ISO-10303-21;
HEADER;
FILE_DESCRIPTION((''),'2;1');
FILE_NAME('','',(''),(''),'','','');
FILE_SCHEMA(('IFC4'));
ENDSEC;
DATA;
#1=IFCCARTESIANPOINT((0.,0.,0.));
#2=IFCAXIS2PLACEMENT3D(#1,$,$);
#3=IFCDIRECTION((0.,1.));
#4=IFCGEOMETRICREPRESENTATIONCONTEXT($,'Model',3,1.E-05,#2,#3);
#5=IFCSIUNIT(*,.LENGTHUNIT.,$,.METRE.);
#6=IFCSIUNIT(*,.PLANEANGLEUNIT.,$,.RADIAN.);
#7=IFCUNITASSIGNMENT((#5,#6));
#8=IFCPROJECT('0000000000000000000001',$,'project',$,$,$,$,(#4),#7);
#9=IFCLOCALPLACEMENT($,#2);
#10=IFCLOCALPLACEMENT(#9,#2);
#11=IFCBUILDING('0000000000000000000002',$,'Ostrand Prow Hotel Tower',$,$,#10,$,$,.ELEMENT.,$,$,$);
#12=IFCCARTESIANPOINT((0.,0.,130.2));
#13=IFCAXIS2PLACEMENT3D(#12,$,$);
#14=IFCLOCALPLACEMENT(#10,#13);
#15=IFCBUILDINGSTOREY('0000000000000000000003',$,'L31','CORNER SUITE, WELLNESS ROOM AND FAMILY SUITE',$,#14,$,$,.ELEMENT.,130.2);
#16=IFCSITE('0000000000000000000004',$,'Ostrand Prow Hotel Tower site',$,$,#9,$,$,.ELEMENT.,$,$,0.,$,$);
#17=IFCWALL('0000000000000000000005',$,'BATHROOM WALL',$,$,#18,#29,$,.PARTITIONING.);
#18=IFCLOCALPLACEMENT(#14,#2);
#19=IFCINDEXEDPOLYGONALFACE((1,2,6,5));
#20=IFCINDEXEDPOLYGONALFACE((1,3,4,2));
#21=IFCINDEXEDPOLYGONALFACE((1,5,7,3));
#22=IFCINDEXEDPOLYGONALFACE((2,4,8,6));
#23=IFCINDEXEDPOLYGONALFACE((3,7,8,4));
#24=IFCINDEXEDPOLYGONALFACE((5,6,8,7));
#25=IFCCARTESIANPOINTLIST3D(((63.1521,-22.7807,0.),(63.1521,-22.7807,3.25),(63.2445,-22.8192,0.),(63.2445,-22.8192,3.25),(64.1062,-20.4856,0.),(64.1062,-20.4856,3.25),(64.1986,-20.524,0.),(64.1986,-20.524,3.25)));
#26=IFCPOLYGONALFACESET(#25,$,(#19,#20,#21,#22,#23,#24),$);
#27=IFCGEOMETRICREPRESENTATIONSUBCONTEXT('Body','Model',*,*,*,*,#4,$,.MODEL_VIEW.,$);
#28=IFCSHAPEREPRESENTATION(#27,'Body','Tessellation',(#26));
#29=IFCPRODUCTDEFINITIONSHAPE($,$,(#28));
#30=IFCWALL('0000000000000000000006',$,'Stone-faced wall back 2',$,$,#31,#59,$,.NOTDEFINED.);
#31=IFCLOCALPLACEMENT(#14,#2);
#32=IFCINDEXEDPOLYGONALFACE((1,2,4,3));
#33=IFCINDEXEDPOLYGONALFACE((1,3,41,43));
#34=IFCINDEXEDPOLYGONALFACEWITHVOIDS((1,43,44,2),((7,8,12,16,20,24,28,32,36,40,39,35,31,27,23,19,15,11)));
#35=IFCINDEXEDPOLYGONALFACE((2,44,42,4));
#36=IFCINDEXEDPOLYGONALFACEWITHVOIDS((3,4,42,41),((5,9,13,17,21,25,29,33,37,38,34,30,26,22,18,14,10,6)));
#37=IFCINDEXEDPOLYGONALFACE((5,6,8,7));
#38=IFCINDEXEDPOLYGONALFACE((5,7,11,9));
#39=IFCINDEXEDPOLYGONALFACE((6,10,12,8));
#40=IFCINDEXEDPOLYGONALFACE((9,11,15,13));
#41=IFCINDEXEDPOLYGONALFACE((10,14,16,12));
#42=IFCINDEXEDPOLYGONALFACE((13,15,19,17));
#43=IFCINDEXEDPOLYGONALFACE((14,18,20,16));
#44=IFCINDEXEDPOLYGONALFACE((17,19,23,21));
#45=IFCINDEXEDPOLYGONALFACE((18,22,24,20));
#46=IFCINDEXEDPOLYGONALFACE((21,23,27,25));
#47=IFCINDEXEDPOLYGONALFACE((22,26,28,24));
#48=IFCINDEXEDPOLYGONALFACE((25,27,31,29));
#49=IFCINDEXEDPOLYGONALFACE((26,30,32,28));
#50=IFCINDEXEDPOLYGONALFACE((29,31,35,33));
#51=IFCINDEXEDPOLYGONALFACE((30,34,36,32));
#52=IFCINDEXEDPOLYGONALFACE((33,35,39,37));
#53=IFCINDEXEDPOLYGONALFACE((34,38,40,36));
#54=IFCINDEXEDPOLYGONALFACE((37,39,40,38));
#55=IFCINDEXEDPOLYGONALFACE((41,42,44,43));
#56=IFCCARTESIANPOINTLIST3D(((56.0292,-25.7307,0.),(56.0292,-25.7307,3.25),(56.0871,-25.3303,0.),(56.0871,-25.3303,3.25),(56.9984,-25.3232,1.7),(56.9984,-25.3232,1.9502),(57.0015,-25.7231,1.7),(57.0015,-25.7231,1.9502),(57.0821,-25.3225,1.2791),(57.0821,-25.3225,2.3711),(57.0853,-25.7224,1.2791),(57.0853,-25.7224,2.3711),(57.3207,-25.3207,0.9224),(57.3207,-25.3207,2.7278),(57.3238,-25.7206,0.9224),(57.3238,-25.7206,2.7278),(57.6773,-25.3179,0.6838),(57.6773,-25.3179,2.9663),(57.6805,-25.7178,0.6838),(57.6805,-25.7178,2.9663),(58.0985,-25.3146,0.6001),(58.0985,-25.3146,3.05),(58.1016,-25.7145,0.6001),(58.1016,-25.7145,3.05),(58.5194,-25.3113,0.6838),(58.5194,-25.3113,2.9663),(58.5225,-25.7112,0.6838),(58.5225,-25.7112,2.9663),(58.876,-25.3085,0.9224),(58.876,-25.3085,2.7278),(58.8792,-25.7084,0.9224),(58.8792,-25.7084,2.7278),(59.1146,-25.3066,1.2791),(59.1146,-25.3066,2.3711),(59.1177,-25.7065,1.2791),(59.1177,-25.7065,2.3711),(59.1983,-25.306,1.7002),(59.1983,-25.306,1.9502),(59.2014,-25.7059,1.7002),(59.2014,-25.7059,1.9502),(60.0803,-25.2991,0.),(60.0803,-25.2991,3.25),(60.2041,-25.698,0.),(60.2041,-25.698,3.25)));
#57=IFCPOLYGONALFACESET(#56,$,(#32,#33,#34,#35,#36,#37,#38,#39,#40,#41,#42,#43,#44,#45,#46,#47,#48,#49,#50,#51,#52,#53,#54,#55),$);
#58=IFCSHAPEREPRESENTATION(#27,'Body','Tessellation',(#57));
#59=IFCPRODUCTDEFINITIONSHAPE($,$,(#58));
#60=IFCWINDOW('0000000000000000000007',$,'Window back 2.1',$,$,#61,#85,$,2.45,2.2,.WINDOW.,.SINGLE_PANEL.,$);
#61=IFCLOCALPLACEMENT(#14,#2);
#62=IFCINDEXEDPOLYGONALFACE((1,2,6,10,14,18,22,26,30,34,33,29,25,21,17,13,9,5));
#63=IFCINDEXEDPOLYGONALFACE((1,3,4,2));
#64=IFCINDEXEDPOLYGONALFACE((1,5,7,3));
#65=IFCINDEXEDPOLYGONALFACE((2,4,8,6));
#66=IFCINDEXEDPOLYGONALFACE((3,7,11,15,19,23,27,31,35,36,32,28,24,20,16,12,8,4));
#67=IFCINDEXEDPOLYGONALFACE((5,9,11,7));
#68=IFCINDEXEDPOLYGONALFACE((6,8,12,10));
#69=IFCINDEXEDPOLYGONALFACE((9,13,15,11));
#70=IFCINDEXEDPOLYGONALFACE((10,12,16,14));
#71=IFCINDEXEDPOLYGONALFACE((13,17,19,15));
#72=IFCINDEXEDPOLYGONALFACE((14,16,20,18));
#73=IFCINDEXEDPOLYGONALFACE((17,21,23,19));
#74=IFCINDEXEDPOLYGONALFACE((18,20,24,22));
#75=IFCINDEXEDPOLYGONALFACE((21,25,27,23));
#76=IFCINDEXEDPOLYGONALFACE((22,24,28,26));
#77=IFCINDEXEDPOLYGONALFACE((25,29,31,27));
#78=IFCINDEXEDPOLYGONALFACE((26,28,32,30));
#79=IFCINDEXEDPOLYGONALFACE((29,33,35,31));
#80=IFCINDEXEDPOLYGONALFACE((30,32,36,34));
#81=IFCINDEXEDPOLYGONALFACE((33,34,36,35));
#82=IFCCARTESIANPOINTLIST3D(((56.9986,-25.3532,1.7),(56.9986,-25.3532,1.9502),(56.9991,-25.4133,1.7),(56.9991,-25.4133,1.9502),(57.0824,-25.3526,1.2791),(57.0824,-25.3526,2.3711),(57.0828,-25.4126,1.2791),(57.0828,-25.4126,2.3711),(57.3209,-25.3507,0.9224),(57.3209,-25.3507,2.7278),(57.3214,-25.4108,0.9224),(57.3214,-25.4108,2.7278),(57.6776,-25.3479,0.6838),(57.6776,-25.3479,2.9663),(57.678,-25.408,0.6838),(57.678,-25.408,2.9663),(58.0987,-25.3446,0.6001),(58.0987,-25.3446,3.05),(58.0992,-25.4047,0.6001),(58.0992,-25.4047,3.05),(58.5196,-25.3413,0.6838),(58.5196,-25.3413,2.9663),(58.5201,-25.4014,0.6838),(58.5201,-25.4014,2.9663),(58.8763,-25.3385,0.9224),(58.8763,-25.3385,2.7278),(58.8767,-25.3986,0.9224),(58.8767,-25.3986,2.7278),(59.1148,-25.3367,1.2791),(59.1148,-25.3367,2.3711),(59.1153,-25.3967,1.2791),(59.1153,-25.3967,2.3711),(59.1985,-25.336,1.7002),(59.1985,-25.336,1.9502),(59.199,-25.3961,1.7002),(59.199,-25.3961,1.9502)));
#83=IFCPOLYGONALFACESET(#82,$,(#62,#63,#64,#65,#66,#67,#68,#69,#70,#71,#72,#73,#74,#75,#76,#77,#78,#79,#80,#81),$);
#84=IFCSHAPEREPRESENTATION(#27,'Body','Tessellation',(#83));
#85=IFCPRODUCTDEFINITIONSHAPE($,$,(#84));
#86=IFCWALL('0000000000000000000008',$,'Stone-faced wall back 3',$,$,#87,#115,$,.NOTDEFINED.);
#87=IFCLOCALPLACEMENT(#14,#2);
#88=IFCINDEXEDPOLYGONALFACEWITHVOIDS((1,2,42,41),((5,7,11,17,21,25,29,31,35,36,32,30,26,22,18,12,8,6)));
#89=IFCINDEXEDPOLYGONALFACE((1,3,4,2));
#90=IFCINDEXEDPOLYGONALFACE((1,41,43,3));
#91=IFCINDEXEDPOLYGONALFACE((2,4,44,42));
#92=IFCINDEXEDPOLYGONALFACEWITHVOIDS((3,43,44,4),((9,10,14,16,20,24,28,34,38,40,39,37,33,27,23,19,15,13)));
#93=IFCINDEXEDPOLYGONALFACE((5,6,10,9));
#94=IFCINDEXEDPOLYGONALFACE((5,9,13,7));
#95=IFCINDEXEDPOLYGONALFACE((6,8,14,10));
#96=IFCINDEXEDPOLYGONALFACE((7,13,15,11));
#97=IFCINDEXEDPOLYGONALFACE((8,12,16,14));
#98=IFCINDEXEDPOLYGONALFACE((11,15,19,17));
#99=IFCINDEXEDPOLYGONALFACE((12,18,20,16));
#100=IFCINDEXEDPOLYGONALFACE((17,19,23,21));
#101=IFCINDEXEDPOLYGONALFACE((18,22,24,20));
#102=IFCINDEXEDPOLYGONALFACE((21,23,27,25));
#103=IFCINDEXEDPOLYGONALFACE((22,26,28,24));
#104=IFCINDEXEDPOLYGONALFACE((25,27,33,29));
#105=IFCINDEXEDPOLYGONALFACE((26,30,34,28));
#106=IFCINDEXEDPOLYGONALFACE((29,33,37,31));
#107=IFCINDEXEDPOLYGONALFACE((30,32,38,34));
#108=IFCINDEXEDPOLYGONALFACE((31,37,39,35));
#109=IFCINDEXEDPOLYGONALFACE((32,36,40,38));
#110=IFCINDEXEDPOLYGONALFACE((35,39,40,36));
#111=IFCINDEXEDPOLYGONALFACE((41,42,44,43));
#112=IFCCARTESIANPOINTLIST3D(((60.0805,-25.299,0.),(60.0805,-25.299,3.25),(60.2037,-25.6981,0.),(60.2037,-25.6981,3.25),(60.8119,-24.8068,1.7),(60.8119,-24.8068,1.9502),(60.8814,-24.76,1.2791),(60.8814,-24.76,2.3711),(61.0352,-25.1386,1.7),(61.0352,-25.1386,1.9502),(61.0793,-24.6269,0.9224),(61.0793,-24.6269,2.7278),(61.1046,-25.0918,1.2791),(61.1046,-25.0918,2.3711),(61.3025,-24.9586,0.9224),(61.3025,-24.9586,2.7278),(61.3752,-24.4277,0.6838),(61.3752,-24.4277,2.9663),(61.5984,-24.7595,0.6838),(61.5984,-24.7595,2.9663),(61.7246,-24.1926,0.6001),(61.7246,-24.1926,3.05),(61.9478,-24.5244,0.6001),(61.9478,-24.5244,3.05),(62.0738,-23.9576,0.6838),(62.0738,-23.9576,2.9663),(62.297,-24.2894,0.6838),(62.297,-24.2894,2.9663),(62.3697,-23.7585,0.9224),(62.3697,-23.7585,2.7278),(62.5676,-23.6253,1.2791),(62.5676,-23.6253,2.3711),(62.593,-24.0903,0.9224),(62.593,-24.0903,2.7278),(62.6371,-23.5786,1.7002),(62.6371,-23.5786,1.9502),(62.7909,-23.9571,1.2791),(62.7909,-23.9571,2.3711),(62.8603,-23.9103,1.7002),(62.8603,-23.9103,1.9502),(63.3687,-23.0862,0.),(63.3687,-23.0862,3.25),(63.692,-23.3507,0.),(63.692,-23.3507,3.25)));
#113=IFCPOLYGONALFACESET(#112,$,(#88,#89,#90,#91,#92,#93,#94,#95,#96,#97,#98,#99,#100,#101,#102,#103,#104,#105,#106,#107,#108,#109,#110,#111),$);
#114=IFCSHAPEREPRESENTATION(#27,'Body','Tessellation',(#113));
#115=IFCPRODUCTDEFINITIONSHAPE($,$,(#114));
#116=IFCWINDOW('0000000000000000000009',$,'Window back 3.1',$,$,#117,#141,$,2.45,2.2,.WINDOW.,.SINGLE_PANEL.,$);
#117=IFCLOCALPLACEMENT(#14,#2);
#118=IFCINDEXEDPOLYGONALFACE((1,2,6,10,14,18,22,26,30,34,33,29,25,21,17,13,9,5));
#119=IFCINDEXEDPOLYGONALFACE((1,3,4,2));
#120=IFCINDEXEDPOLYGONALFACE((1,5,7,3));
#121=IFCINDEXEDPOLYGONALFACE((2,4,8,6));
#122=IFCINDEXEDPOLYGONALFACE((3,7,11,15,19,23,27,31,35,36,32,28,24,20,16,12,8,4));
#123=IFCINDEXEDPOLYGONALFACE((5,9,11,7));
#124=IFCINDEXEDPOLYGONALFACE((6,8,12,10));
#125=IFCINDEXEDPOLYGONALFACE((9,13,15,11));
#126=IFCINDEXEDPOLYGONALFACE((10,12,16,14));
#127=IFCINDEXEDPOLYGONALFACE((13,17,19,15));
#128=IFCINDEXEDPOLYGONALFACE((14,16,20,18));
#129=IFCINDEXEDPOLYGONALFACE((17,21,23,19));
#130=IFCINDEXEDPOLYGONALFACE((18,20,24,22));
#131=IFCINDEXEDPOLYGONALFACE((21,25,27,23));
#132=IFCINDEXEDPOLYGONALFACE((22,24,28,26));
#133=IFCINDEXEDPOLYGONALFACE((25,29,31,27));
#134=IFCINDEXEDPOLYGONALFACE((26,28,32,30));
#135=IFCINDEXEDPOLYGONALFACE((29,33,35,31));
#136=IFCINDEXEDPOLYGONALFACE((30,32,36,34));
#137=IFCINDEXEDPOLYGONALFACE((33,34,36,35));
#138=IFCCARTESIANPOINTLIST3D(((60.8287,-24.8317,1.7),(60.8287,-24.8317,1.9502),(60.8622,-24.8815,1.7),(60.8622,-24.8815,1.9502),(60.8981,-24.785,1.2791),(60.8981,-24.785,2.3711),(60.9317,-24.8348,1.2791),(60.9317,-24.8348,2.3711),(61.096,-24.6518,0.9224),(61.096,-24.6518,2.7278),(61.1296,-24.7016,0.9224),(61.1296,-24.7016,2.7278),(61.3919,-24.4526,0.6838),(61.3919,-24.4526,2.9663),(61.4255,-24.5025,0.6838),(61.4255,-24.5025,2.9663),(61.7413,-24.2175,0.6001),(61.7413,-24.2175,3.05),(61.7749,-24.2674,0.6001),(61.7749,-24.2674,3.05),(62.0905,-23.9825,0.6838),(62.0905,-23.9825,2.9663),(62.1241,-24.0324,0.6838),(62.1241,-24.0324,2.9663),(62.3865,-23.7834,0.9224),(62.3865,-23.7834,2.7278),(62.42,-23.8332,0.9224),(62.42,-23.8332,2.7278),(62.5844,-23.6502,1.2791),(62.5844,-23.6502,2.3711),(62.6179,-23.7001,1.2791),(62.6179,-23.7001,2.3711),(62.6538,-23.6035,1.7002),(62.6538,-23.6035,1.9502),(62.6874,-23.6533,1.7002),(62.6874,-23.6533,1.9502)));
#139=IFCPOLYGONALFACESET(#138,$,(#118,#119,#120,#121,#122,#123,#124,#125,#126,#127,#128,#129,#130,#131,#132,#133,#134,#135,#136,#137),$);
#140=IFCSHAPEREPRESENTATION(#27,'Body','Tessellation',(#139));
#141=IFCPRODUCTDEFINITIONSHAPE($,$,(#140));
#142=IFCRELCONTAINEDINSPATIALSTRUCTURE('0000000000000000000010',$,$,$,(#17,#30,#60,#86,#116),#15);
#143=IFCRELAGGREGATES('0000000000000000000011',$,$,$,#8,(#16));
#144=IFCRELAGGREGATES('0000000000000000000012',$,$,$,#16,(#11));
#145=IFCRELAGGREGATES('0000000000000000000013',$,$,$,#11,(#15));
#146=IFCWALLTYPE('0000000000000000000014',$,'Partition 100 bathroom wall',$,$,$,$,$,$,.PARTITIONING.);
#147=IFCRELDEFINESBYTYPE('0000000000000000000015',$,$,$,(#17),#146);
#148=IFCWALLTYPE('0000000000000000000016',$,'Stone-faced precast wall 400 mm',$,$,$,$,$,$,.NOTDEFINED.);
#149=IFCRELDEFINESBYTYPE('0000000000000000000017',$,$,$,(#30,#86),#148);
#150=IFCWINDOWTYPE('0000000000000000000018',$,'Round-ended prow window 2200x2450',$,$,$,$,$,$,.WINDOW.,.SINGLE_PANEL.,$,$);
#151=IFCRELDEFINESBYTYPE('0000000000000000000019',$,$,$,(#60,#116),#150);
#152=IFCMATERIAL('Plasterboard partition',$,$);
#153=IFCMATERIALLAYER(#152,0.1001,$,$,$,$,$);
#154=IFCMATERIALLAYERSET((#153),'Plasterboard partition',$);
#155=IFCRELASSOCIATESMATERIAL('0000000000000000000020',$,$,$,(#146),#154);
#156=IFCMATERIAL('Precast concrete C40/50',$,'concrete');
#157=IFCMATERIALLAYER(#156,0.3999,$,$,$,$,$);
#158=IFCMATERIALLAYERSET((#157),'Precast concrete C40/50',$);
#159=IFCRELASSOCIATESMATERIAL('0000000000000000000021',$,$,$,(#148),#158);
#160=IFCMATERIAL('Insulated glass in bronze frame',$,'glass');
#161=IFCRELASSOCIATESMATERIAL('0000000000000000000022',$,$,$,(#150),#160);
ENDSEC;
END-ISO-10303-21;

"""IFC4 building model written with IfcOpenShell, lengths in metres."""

from ifc_helpers import new_model, si_unit, direction, frame, frame_2d, origin, place, context, subcontext, project, spatial, polyline, rectangle, outline, extrude, material, layer, layer_set, type_object, element, fill, save


model = new_model("IFC4")

# Units and contexts
model_context = context("Model", 3, precision=1e-05, world=origin(), true_north=direction((0.0, 1.0)))
body_context = subcontext(model_context, "Body", "Model", "MODEL_VIEW")
ifc_project = project(units=[si_unit("LENGTHUNIT", "METRE"), si_unit("PLANEANGLEUNIT", "RADIAN")], contexts=[model_context])

# Site, building, storey
site_placement = place(None, origin())
site = spatial("IfcSite", under=ifc_project, at=site_placement, Name="Ostrand Prow Hotel Tower site", CompositionType="ELEMENT", RefElevation=0.0)
building_placement = place(site_placement, origin())
building = spatial("IfcBuilding", under=site, at=building_placement, Name="Ostrand Prow Hotel Tower", CompositionType="ELEMENT")
storey_placement = place(building_placement, frame((0.0, 0.0, 130.2)))
storey = spatial("IfcBuildingStorey", under=building, at=storey_placement, Name="L31", Description="CORNER SUITE, WELLNESS ROOM AND FAMILY SUITE", CompositionType="ELEMENT", Elevation=130.2)

# Shared definitions
ifc_material_1 = material(Name="Plasterboard partition")
ifc_layer_1 = layer(ifc_material_1, 0.1001)
ifc_layer_set_1 = layer_set([ifc_layer_1], Name="Plasterboard partition")
wall_type_1 = type_object("IfcWallType", Name="Partition 100 bathroom wall", PredefinedType="PARTITIONING", material=ifc_layer_set_1)

# Wall
wall_1_placement = place(storey_placement, frame((64.1523, -20.5049, 0.0), z_axis=(0.0, 0.0, 1.0), x_axis=(-0.383855, -0.923393, 0.0)))
element("IfcWall", 1, at=wall_1_placement, inside=storey, type_object=wall_type_1, Name="BATHROOM WALL", PredefinedType="PARTITIONING", context=body_context, shape_type="SweptSolid", body=[
    extrude(rectangle(XDim=2.4856, YDim=0.1001, at=frame_2d((1.2427, 0.0))), origin(), (0.0, 0.0, 1.0), 3.25),
])

# Walls, openings, windows
ifc_material_2 = material(Name="Precast concrete C40/50", Category="concrete")
ifc_layer_2 = layer(ifc_material_2, 0.3999)
ifc_layer_set_2 = layer_set([ifc_layer_2], Name="Precast concrete C40/50")
wall_type_2 = type_object("IfcWallType", Name="Stone-faced precast wall 400 mm", PredefinedType="NOTDEFINED", material=ifc_layer_set_2)
wall_2_placement = place(storey_placement, frame((56.0581, -25.5305, 0.0), z_axis=(0.0, 0.0, 1.0), x_axis=(0.999969, 0.007831, 0.0)))
wall_2 = element("IfcWall", 2, at=wall_2_placement, inside=storey, type_object=wall_type_2, Name="Stone-faced wall back 2", PredefinedType="NOTDEFINED", context=body_context, shape_type="SweptSolid", body=[
    extrude(outline(polyline([(-0.0305, -0.2), (4.1445, -0.2), (4.0239, 0.2), (0.0305, 0.2), (-0.0305, -0.2)])), origin(), (0.0, 0.0, 1.0), 3.25),
])
opening_1_placement = place(wall_2_placement, frame((0.9419, 0.0, 0.6001)))
opening_1 = element("IfcOpeningElement", 3, at=opening_1_placement, cuts=wall_2, PredefinedType="OPENING", context=body_context, shape_type="SweptSolid", body=[
    extrude(outline(polyline([(0.0, 1.3501), (0.0837, 1.771), (0.3223, 2.1277), (0.679, 2.3662), (1.1001, 2.45), (1.521, 2.3662), (1.8777, 2.1277), (2.1162, 1.771), (2.2, 1.3501), (2.2, 1.1001), (2.1162, 0.679), (1.8777, 0.3223), (1.521, 0.0837), (1.1001, 0.0), (0.679, 0.0837), (0.3223, 0.3223), (0.0837, 0.679), (0.0, 1.0999), (0.0, 1.3501)])), frame((0.0, 0.21, 0.0), z_axis=(0.0, -1.0, 0.0), x_axis=(1.0, 0.0, 0.0)), (0.0, 0.0, 1.0), 0.4199),
])
ifc_material_3 = material(Name="Insulated glass in bronze frame", Category="glass")
window_type = type_object("IfcWindowType", Name="Round-ended prow window 2200x2450", PartitioningType="SINGLE_PANEL", PredefinedType="WINDOW", material=ifc_material_3)
window_1_placement = place(opening_1_placement, origin())
window_1 = element("IfcWindow", 4, at=window_1_placement, inside=storey, type_object=window_type, Name="Window back 2.1", OverallHeight=2.45, OverallWidth=2.2, PartitioningType="SINGLE_PANEL", PredefinedType="WINDOW", context=body_context, shape_type="SweptSolid", body=[
    extrude(outline(polyline([(0.0, 1.3501), (0.0837, 1.771), (0.3223, 2.1277), (0.679, 2.3662), (1.1001, 2.45), (1.521, 2.3662), (1.8777, 2.1277), (2.1162, 1.771), (2.2, 1.3501), (2.2, 1.1001), (2.1162, 0.679), (1.8777, 0.3223), (1.521, 0.0837), (1.1001, 0.0), (0.679, 0.0837), (0.3223, 0.3223), (0.0837, 0.679), (0.0, 1.0999), (0.0, 1.3501)])), frame((0.0, 0.1699, 0.0), z_axis=(0.0, -1.0, 0.0), x_axis=(1.0, 0.0, 0.0)), (0.0, 0.0, 1.0), 0.0601),
])
fill(opening_1, window_1)
wall_3_placement = place(storey_placement, frame((60.1421, -25.4985, 0.0), z_axis=(0.0, 0.0, 1.0), x_axis=(0.829642, 0.558296, 0.0)))
wall_3 = element("IfcWall", 5, at=wall_3_placement, inside=storey, type_object=wall_type_2, Name="Stone-faced wall back 3", PredefinedType="NOTDEFINED", context=body_context, shape_type="SweptSolid", body=[
    extrude(outline(polyline([(-0.0603, -0.2), (4.1443, -0.2), (4.0237, 0.2), (0.0603, 0.2), (-0.0603, -0.2)])), origin(), (0.0, 0.0, 1.0), 3.25),
])
opening_2_placement = place(wall_3_placement, frame((0.9419, 0.0, 0.6001)))
opening_2 = element("IfcOpeningElement", 6, at=opening_2_placement, cuts=wall_3, PredefinedType="OPENING", context=body_context, shape_type="SweptSolid", body=[
    extrude(outline(polyline([(0.0, 1.3501), (0.0837, 1.771), (0.3223, 2.1277), (0.679, 2.3662), (1.1001, 2.45), (1.521, 2.3662), (1.8777, 2.1277), (2.1162, 1.771), (2.2, 1.3501), (2.2, 1.1001), (2.1162, 0.679), (1.8777, 0.3223), (1.521, 0.0837), (1.1001, 0.0), (0.679, 0.0837), (0.3223, 0.3223), (0.0837, 0.679), (0.0, 1.0999), (0.0, 1.3501)])), frame((0.0, 0.21, 0.0), z_axis=(0.0, -1.0, 0.0), x_axis=(1.0, 0.0, 0.0)), (0.0, 0.0, 1.0), 0.4199),
])
window_2_placement = place(opening_2_placement, origin())
window_2 = element("IfcWindow", 7, at=window_2_placement, inside=storey, type_object=window_type, Name="Window back 3.1", OverallHeight=2.45, OverallWidth=2.2, PartitioningType="SINGLE_PANEL", PredefinedType="WINDOW", context=body_context, shape_type="SweptSolid", body=[
    extrude(outline(polyline([(0.0, 1.3501), (0.0837, 1.771), (0.3223, 2.1277), (0.679, 2.3662), (1.1001, 2.45), (1.521, 2.3662), (1.8777, 2.1277), (2.1162, 1.771), (2.2, 1.3501), (2.2, 1.1001), (2.1162, 0.679), (1.8777, 0.3223), (1.521, 0.0837), (1.1001, 0.0), (0.679, 0.0837), (0.3223, 0.3223), (0.0837, 0.679), (0.0, 1.0999), (0.0, 1.3501)])), frame((0.0, 0.1699, 0.0), z_axis=(0.0, -1.0, 0.0), x_axis=(1.0, 0.0, 0.0)), (0.0, 0.0, 1.0), 0.0601),
])
fill(opening_2, window_2)

save(model, "model.ifc")
